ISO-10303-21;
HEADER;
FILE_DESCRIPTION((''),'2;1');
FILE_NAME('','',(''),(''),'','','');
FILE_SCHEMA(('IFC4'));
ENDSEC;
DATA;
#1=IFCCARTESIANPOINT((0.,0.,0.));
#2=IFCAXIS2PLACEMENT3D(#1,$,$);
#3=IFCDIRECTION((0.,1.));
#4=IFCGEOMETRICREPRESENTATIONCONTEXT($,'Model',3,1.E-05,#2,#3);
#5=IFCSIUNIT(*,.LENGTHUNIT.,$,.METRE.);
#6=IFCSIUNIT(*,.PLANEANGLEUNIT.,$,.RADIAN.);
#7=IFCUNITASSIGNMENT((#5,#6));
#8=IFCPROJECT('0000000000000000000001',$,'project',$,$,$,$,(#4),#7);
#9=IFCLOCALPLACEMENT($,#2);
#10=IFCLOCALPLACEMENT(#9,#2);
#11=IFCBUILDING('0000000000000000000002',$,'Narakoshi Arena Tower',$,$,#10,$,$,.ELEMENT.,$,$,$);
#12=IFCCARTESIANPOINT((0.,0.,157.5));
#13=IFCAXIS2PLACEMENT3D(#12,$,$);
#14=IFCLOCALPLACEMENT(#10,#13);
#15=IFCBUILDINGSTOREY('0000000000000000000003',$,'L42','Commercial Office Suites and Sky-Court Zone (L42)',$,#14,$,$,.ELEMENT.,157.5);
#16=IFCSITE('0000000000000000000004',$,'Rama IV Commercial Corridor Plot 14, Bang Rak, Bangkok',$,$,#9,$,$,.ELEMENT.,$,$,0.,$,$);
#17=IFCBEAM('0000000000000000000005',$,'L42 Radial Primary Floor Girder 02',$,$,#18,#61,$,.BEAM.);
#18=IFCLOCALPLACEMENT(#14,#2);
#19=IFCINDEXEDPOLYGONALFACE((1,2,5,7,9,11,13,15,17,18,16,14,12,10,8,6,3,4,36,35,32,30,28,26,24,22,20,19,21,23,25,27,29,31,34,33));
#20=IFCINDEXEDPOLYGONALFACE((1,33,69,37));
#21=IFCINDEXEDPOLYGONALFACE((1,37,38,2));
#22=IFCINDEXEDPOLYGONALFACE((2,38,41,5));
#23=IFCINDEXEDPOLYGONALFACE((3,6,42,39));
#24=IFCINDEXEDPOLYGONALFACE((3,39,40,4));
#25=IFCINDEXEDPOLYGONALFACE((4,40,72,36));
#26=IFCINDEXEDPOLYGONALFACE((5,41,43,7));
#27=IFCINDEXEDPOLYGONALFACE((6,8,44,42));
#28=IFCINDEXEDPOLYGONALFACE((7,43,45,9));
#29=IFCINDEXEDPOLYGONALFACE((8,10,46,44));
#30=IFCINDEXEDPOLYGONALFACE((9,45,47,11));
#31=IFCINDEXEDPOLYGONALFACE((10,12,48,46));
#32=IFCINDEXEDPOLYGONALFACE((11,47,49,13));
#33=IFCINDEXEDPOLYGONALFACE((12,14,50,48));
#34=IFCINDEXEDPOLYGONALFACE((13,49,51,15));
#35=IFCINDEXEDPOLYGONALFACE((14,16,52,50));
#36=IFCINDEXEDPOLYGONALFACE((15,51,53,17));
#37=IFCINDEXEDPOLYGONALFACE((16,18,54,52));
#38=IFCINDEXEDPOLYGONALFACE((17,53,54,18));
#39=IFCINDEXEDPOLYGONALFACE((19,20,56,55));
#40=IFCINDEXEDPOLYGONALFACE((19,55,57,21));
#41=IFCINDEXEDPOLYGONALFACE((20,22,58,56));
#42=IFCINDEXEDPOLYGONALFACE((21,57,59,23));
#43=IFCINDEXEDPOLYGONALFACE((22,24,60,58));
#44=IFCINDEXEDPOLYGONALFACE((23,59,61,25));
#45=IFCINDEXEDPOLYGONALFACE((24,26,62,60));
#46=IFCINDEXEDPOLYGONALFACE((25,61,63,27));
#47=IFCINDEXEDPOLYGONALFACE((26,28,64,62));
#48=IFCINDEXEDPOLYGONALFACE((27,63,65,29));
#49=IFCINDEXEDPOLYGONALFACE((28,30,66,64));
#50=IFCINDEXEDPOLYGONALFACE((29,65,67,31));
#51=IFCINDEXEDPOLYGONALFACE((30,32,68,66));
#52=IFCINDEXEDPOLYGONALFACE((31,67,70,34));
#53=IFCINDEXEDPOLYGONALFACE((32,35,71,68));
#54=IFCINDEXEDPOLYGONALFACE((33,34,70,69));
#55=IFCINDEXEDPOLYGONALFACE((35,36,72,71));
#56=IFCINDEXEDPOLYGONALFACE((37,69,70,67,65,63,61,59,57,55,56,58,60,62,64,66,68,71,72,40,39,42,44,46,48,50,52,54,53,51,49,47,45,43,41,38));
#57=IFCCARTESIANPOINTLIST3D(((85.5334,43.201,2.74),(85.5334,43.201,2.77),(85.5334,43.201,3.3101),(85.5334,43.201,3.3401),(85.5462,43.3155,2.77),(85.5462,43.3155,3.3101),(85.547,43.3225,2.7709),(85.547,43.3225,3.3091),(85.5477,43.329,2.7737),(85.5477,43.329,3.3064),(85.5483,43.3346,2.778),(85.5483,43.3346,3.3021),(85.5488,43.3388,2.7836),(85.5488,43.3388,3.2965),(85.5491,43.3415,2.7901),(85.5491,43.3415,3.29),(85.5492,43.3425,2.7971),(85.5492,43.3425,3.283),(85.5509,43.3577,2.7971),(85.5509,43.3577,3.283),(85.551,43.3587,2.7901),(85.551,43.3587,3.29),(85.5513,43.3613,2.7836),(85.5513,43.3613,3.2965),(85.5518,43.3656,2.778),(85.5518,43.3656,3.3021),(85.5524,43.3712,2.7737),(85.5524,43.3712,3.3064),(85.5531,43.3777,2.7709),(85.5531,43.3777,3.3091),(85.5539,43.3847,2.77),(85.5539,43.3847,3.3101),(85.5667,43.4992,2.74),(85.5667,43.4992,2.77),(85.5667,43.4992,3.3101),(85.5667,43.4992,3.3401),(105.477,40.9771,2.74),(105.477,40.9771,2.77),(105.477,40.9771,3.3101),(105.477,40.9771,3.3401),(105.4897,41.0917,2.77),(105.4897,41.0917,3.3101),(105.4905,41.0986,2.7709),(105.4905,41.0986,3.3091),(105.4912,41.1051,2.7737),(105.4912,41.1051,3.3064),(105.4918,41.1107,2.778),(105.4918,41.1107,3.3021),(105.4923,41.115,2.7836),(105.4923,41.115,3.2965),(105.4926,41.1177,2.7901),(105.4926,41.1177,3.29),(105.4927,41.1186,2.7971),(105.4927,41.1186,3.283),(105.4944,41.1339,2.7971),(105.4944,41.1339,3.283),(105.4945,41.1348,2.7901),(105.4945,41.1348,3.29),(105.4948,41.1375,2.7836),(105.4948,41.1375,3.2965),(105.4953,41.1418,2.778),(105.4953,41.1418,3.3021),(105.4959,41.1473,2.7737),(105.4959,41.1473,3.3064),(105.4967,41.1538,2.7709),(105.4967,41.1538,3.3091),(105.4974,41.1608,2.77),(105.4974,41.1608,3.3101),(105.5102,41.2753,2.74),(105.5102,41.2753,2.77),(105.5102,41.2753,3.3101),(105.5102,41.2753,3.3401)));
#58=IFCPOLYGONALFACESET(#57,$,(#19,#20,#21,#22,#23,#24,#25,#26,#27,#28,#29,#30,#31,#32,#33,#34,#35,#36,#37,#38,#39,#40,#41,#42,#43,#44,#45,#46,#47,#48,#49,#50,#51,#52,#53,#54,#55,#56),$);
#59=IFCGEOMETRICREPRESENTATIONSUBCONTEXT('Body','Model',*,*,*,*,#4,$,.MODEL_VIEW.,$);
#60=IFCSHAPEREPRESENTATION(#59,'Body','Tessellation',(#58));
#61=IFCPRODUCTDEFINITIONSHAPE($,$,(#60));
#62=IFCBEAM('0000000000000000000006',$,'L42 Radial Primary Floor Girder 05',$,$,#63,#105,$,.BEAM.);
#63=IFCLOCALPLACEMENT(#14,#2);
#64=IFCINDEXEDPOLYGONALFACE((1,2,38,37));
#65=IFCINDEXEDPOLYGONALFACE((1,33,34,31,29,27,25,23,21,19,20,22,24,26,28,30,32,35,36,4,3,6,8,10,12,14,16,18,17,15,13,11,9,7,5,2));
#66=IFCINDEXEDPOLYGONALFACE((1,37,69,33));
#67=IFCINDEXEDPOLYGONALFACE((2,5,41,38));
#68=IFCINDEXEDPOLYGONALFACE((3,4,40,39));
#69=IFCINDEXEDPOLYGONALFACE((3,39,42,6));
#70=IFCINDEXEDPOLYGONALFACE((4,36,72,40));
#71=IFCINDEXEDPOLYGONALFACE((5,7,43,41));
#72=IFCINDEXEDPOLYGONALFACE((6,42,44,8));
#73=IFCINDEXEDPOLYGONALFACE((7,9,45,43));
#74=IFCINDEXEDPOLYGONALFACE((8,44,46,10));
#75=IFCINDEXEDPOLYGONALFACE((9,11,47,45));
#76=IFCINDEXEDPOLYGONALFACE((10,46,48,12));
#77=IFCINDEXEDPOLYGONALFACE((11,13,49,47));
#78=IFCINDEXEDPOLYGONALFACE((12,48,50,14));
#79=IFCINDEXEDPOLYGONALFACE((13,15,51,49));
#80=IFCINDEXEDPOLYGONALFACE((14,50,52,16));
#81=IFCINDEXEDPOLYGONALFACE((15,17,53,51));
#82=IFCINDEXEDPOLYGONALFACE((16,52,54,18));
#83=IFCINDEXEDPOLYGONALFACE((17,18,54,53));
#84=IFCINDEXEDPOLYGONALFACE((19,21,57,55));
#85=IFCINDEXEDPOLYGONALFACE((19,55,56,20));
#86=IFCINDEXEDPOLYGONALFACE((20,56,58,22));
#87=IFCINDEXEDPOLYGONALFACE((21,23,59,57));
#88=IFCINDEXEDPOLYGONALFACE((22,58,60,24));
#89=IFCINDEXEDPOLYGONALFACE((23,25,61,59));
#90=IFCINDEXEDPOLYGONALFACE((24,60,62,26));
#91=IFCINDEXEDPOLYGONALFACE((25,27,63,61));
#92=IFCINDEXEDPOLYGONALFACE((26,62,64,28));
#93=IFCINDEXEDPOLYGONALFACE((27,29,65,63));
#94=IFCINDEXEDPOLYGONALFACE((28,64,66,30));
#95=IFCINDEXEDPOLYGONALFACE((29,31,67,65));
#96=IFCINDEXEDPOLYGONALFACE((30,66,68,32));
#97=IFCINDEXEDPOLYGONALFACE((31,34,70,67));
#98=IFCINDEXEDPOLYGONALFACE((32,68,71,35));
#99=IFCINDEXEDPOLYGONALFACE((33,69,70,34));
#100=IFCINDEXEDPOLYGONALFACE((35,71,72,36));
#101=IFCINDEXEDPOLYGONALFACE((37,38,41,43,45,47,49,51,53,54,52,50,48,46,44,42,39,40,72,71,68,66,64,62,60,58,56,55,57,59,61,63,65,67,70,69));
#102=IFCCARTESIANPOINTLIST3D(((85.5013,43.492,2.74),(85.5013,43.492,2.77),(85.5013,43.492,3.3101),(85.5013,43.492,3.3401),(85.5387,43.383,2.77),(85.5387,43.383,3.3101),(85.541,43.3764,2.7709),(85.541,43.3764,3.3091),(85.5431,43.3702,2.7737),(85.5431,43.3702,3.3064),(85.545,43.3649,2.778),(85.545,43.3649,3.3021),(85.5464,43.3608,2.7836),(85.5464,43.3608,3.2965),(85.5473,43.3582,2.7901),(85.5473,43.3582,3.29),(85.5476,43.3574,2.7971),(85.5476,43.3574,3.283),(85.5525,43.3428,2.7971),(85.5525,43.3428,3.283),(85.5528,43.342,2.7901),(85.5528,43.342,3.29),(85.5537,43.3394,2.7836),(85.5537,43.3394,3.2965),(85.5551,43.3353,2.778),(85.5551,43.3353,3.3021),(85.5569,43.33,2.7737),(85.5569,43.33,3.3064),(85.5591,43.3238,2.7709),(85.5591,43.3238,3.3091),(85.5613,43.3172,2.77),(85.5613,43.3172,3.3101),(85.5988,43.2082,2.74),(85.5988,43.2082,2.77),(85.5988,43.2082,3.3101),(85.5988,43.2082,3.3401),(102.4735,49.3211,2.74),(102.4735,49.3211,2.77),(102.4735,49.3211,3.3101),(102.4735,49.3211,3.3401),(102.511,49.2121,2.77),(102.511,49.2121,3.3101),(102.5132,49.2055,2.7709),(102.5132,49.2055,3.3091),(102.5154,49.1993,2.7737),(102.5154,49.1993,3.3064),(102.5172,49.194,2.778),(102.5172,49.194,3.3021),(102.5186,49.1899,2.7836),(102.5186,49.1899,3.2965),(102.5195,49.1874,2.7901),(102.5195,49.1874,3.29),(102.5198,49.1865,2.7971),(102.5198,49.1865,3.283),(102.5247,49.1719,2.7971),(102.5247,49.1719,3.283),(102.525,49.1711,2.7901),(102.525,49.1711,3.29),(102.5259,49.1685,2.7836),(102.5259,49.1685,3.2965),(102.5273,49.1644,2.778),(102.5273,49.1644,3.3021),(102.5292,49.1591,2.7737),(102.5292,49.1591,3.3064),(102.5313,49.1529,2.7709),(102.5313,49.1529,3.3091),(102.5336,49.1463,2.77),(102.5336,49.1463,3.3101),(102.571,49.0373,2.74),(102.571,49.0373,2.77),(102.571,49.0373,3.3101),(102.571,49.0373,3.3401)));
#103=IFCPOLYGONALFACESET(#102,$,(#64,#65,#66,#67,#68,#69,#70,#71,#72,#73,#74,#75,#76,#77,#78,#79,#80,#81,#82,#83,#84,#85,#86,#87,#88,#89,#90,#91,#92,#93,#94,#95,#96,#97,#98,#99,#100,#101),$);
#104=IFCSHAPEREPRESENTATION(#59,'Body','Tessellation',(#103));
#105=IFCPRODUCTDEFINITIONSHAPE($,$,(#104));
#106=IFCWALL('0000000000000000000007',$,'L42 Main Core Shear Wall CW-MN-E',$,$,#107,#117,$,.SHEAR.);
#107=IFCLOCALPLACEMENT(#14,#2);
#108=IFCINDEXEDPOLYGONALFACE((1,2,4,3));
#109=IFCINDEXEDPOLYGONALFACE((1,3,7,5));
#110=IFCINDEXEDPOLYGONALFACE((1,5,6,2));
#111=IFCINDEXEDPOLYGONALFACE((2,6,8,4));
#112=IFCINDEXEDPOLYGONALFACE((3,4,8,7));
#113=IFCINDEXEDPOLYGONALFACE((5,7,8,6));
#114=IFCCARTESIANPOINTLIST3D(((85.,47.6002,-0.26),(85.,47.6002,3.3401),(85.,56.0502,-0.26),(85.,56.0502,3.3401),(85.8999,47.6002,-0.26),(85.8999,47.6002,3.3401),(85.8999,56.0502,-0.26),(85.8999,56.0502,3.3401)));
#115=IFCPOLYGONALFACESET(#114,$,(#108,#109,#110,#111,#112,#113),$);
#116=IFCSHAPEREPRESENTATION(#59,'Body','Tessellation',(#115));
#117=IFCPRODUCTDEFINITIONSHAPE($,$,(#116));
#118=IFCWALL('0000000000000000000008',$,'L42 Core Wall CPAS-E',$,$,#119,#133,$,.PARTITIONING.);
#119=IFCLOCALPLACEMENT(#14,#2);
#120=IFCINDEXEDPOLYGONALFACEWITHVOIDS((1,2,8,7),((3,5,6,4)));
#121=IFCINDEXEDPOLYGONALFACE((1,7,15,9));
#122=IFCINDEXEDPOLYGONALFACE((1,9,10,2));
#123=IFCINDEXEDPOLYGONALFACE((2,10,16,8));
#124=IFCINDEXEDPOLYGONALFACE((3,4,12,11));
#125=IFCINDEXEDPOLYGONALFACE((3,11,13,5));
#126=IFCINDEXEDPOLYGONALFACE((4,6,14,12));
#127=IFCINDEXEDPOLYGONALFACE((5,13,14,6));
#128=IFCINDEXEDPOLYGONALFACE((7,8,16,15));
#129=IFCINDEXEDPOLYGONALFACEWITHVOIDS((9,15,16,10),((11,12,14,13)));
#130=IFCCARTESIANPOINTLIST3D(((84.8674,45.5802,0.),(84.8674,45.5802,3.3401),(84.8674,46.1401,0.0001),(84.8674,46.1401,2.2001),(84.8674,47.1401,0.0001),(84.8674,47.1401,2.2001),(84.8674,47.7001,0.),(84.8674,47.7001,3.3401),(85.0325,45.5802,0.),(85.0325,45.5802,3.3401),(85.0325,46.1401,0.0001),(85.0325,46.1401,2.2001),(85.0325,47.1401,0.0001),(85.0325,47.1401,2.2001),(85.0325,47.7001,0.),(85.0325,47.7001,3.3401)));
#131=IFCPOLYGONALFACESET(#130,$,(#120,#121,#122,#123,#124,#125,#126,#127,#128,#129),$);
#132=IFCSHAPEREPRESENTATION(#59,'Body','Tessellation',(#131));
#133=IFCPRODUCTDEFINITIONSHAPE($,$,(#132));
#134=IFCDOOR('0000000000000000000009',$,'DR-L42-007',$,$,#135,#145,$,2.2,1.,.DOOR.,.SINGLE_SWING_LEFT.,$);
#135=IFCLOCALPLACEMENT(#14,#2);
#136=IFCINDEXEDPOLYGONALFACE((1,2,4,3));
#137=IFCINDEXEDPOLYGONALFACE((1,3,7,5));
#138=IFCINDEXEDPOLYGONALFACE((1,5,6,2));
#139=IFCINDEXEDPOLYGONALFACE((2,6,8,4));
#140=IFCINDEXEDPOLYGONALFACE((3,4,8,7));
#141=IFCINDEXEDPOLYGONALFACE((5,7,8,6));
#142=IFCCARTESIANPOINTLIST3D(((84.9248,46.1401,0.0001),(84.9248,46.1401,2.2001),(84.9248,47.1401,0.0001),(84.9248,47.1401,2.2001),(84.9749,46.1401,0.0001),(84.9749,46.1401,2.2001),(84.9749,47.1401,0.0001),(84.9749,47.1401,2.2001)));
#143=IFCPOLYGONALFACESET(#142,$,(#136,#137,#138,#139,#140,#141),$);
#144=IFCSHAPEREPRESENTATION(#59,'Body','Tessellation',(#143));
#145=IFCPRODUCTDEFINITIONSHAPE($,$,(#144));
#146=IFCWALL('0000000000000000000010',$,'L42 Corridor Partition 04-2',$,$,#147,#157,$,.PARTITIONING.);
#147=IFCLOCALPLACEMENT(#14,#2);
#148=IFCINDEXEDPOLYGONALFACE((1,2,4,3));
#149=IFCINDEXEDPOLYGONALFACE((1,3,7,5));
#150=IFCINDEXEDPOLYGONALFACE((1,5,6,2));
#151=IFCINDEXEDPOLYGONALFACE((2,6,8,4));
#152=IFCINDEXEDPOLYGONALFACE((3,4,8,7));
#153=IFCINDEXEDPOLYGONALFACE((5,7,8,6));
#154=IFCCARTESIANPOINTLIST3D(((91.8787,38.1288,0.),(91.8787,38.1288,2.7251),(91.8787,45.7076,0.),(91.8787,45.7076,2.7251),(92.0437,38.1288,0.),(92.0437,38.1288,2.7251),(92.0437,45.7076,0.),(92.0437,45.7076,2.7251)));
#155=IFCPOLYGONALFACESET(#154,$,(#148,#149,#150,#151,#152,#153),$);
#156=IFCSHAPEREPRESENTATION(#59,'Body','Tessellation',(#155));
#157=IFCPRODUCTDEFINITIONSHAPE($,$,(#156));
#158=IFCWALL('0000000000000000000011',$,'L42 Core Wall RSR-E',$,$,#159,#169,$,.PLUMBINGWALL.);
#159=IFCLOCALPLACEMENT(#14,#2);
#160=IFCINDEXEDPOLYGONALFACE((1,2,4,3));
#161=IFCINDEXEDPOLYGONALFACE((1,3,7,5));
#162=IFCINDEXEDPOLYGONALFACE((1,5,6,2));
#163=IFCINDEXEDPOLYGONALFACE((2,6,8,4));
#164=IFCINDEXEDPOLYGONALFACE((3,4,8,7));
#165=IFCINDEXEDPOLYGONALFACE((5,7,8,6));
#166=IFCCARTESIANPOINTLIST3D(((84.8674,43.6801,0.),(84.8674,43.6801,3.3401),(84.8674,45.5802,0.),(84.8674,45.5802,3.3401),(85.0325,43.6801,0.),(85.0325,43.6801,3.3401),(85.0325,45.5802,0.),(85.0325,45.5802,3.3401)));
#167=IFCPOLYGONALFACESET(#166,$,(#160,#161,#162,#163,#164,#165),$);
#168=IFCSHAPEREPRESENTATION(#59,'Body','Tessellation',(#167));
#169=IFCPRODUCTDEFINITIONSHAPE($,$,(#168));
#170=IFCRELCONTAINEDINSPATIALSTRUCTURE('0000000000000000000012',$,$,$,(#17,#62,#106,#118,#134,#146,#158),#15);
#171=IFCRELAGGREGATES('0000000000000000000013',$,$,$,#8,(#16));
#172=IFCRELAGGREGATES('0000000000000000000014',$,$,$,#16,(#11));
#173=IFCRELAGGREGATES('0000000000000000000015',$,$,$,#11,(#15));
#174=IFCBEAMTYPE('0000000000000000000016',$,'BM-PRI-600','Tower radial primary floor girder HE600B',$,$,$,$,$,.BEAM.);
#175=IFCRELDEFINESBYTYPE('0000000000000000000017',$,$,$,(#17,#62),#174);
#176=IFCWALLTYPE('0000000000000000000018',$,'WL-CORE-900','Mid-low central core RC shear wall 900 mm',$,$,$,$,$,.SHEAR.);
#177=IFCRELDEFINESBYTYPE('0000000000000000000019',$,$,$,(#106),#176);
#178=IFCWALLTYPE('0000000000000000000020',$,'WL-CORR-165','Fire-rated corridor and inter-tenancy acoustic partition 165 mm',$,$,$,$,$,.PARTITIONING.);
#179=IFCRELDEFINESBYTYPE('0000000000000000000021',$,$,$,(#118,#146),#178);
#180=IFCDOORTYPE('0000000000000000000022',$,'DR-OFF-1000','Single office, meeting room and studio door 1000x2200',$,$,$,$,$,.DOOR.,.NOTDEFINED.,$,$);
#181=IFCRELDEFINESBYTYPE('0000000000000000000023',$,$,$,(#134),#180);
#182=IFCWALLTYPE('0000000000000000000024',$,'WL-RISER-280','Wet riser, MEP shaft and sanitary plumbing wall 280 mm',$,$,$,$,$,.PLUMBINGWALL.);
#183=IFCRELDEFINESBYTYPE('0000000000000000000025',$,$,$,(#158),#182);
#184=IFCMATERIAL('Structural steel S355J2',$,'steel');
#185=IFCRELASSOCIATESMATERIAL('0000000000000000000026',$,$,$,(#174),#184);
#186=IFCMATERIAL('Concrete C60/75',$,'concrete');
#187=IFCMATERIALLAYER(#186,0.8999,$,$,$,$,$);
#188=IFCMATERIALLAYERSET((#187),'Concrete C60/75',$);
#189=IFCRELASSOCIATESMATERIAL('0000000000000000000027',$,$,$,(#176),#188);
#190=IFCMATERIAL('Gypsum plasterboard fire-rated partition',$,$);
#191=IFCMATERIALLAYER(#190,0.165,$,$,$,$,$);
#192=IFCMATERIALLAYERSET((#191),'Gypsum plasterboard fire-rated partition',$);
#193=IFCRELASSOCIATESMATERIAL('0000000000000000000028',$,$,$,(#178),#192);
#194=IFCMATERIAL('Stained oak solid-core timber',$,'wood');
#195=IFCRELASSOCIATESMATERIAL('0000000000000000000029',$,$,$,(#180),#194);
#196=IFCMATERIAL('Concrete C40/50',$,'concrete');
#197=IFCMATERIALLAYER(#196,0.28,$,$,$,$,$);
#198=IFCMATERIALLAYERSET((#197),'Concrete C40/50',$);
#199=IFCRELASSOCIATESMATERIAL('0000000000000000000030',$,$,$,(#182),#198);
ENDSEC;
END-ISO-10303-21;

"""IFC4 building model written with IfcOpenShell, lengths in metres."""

from ifc_helpers import new_model, si_unit, direction, frame, frame_2d, origin, origin_2d, place, context, subcontext, project, spatial, rectangle, i_section, extrude, material, layer, layer_set, material_profile, profile_set, type_object, element, fill, save


model = new_model("IFC4")

# Units and contexts
model_context = context("Model", 3, precision=1e-05, world=origin(), true_north=direction((0.0, 1.0)))
body_context = subcontext(model_context, "Body", "Model", "MODEL_VIEW")
ifc_project = project(units=[si_unit("LENGTHUNIT", "METRE"), si_unit("PLANEANGLEUNIT", "RADIAN")], contexts=[model_context])

# Site, building, storey
site_placement = place(None, origin())
site = spatial("IfcSite", under=ifc_project, at=site_placement, Name="Rama IV Commercial Corridor Plot 14, Bang Rak, Bangkok", CompositionType="ELEMENT", RefElevation=0.0)
building_placement = place(site_placement, origin())
building = spatial("IfcBuilding", under=site, at=building_placement, Name="Narakoshi Arena Tower", CompositionType="ELEMENT")
storey_placement = place(building_placement, frame((0.0, 0.0, 157.5)))
storey = spatial("IfcBuildingStorey", under=building, at=storey_placement, Name="L42", Description="Commercial Office Suites and Sky-Court Zone (L42)", CompositionType="ELEMENT", Elevation=157.5)

# Beams
ifc_material_1 = material(Name="Structural steel S355J2", Category="steel")
ifc_material_profile = material_profile(ifc_material_1, i_section(OverallWidth=0.3, OverallDepth=0.6001, WebThickness=0.0154, FlangeThickness=0.03, FilletRadius=0.0271, at=origin_2d()), Name="HE600B")
ifc_profile_set = profile_set([ifc_material_profile], Name="Structural steel S355J2")
beam_type = type_object("IfcBeamType", Name="BM-PRI-600", Description="Tower radial primary floor girder HE600B", PredefinedType="BEAM", material=ifc_profile_set)
beam_1_placement = place(storey_placement, frame((85.55, 43.3501, 3.04), z_axis=(0.99384, -0.110821, 0.0), x_axis=(0.110821, 0.99384, 0.0)))
element("IfcBeam", 1, at=beam_1_placement, inside=storey, type_object=beam_type, Name="L42 Radial Primary Floor Girder 02", PredefinedType="BEAM", context=body_context, shape_type="SweptSolid", body=[
    extrude(i_section(OverallWidth=0.3, OverallDepth=0.6001, WebThickness=0.0154, FlangeThickness=0.03, FilletRadius=0.0271, at=origin_2d()), origin(), (0.0, 0.0, 1.0), 20.0671),
])
beam_2_placement = place(storey_placement, frame((85.55, 43.3501, 3.04), z_axis=(0.945774, 0.324827, 0.0), x_axis=(-0.324827, 0.945774, 0.0)))
element("IfcBeam", 2, at=beam_2_placement, inside=storey, type_object=beam_type, Name="L42 Radial Primary Floor Girder 05", PredefinedType="BEAM", context=body_context, shape_type="SweptSolid", body=[
    extrude(i_section(OverallWidth=0.3, OverallDepth=0.6001, WebThickness=0.0154, FlangeThickness=0.03, FilletRadius=0.0271, at=origin_2d()), origin(), (0.0, 0.0, 1.0), 17.9453),
])

# Wall
ifc_material_2 = material(Name="Concrete C60/75", Category="concrete")
ifc_layer_1 = layer(ifc_material_2, 0.8999)
ifc_layer_set_1 = layer_set([ifc_layer_1], Name="Concrete C60/75")
wall_type_1 = type_object("IfcWallType", Name="WL-CORE-900", Description="Mid-low central core RC shear wall 900 mm", PredefinedType="SHEAR", material=ifc_layer_set_1)
wall_1_placement = place(storey_placement, frame((85.45, 47.6001, -0.26), z_axis=(0.0, 0.0, 1.0), x_axis=(0.0, 1.0, 0.0)))
element("IfcWall", 3, at=wall_1_placement, inside=storey, type_object=wall_type_1, Name="L42 Main Core Shear Wall CW-MN-E", PredefinedType="SHEAR", context=body_context, shape_type="SweptSolid", body=[
    extrude(rectangle(XDim=8.45, YDim=0.8999, at=frame_2d((4.2251, 0.0))), origin(), (0.0, 0.0, 1.0), 3.6001),
])

# Wall, opening, door
ifc_material_3 = material(Name="Gypsum plasterboard fire-rated partition")
ifc_layer_2 = layer(ifc_material_3, 0.165)
ifc_layer_set_2 = layer_set([ifc_layer_2], Name="Gypsum plasterboard fire-rated partition")
wall_type_2 = type_object("IfcWallType", Name="WL-CORR-165", Description="Fire-rated corridor and inter-tenancy acoustic partition 165 mm", PredefinedType="PARTITIONING", material=ifc_layer_set_2)
wall_2_placement = place(storey_placement, frame((84.95, 45.5801, 0.0), z_axis=(0.0, 0.0, 1.0), x_axis=(0.0, 1.0, 0.0)))
wall_2 = element("IfcWall", 4, at=wall_2_placement, inside=storey, type_object=wall_type_2, Name="L42 Core Wall CPAS-E", PredefinedType="PARTITIONING", context=body_context, shape_type="SweptSolid", body=[
    extrude(rectangle(XDim=2.1199, YDim=0.165, at=frame_2d((1.0601, 0.0))), origin(), (0.0, 0.0, 1.0), 3.3401),
])
opening_1_placement = place(wall_2_placement, frame((0.5601, 0.0, 0.0)))
opening_1 = element("IfcOpeningElement", 5, at=opening_1_placement, cuts=wall_2, PredefinedType="OPENING", context=body_context, shape_type="SweptSolid", body=[
    extrude(rectangle(XDim=1.0, YDim=2.2, at=frame_2d((0.5, 1.1001))), frame((0.0, 0.0925, 0.0), z_axis=(0.0, -1.0, 0.0), x_axis=(1.0, 0.0, 0.0)), (0.0, 0.0, 1.0), 0.1851),
])
ifc_material_4 = material(Name="Stained oak solid-core timber", Category="wood")
door_type_1 = type_object("IfcDoorType", Name="DR-OFF-1000", Description="Single office, meeting room and studio door 1000x2200", OperationType="NOTDEFINED", PredefinedType="DOOR", material=ifc_material_4)
door_1_placement = place(opening_1_placement, frame((1.0, 0.0, 0.0), z_axis=(0.0, 0.0, 1.0), x_axis=(-1.0, 0.0, 0.0)))
door_1 = element("IfcDoor", 6, at=door_1_placement, inside=storey, type_object=door_type_1, Name="DR-L42-007", OperationType="SINGLE_SWING_LEFT", OverallHeight=2.2, OverallWidth=1.0, PredefinedType="DOOR", context=body_context, shape_type="SweptSolid", body=[
    extrude(rectangle(XDim=1.0, YDim=2.2, at=frame_2d((0.5, 1.1001))), frame((0.0, 0.0249, 0.0), z_axis=(0.0, -1.0, 0.0), x_axis=(1.0, 0.0, 0.0)), (0.0, 0.0, 1.0), 0.05),
])
fill(opening_1, door_1)

# Walls
wall_3_placement = place(storey_placement, frame((91.9612, 45.7078, 0.0), z_axis=(0.0, 0.0, 1.0), x_axis=(0.0, -1.0, 0.0)))
element("IfcWall", 7, at=wall_3_placement, inside=storey, type_object=wall_type_2, Name="L42 Corridor Partition 04-2", PredefinedType="PARTITIONING", context=body_context, shape_type="SweptSolid", body=[
    extrude(rectangle(XDim=7.5789, YDim=0.165, at=frame_2d((3.7896, 0.0))), origin(), (0.0, 0.0, 1.0), 2.7251),
])
ifc_material_5 = material(Name="Concrete C40/50", Category="concrete")
ifc_layer_3 = layer(ifc_material_5, 0.28)
ifc_layer_set_3 = layer_set([ifc_layer_3], Name="Concrete C40/50")
wall_type_3 = type_object("IfcWallType", Name="WL-RISER-280", Description="Wet riser, MEP shaft and sanitary plumbing wall 280 mm", PredefinedType="PLUMBINGWALL", material=ifc_layer_set_3)
wall_4_placement = place(storey_placement, frame((84.95, 43.6799, 0.0), z_axis=(0.0, 0.0, 1.0), x_axis=(0.0, 1.0, 0.0)))
element("IfcWall", 8, at=wall_4_placement, inside=storey, type_object=wall_type_3, Name="L42 Core Wall RSR-E", PredefinedType="PLUMBINGWALL", context=body_context, shape_type="SweptSolid", body=[
    extrude(rectangle(XDim=1.9001, YDim=0.165, at=frame_2d((0.9502, 0.0))), origin(), (0.0, 0.0, 1.0), 3.3401),
])

save(model, "model.ifc")
